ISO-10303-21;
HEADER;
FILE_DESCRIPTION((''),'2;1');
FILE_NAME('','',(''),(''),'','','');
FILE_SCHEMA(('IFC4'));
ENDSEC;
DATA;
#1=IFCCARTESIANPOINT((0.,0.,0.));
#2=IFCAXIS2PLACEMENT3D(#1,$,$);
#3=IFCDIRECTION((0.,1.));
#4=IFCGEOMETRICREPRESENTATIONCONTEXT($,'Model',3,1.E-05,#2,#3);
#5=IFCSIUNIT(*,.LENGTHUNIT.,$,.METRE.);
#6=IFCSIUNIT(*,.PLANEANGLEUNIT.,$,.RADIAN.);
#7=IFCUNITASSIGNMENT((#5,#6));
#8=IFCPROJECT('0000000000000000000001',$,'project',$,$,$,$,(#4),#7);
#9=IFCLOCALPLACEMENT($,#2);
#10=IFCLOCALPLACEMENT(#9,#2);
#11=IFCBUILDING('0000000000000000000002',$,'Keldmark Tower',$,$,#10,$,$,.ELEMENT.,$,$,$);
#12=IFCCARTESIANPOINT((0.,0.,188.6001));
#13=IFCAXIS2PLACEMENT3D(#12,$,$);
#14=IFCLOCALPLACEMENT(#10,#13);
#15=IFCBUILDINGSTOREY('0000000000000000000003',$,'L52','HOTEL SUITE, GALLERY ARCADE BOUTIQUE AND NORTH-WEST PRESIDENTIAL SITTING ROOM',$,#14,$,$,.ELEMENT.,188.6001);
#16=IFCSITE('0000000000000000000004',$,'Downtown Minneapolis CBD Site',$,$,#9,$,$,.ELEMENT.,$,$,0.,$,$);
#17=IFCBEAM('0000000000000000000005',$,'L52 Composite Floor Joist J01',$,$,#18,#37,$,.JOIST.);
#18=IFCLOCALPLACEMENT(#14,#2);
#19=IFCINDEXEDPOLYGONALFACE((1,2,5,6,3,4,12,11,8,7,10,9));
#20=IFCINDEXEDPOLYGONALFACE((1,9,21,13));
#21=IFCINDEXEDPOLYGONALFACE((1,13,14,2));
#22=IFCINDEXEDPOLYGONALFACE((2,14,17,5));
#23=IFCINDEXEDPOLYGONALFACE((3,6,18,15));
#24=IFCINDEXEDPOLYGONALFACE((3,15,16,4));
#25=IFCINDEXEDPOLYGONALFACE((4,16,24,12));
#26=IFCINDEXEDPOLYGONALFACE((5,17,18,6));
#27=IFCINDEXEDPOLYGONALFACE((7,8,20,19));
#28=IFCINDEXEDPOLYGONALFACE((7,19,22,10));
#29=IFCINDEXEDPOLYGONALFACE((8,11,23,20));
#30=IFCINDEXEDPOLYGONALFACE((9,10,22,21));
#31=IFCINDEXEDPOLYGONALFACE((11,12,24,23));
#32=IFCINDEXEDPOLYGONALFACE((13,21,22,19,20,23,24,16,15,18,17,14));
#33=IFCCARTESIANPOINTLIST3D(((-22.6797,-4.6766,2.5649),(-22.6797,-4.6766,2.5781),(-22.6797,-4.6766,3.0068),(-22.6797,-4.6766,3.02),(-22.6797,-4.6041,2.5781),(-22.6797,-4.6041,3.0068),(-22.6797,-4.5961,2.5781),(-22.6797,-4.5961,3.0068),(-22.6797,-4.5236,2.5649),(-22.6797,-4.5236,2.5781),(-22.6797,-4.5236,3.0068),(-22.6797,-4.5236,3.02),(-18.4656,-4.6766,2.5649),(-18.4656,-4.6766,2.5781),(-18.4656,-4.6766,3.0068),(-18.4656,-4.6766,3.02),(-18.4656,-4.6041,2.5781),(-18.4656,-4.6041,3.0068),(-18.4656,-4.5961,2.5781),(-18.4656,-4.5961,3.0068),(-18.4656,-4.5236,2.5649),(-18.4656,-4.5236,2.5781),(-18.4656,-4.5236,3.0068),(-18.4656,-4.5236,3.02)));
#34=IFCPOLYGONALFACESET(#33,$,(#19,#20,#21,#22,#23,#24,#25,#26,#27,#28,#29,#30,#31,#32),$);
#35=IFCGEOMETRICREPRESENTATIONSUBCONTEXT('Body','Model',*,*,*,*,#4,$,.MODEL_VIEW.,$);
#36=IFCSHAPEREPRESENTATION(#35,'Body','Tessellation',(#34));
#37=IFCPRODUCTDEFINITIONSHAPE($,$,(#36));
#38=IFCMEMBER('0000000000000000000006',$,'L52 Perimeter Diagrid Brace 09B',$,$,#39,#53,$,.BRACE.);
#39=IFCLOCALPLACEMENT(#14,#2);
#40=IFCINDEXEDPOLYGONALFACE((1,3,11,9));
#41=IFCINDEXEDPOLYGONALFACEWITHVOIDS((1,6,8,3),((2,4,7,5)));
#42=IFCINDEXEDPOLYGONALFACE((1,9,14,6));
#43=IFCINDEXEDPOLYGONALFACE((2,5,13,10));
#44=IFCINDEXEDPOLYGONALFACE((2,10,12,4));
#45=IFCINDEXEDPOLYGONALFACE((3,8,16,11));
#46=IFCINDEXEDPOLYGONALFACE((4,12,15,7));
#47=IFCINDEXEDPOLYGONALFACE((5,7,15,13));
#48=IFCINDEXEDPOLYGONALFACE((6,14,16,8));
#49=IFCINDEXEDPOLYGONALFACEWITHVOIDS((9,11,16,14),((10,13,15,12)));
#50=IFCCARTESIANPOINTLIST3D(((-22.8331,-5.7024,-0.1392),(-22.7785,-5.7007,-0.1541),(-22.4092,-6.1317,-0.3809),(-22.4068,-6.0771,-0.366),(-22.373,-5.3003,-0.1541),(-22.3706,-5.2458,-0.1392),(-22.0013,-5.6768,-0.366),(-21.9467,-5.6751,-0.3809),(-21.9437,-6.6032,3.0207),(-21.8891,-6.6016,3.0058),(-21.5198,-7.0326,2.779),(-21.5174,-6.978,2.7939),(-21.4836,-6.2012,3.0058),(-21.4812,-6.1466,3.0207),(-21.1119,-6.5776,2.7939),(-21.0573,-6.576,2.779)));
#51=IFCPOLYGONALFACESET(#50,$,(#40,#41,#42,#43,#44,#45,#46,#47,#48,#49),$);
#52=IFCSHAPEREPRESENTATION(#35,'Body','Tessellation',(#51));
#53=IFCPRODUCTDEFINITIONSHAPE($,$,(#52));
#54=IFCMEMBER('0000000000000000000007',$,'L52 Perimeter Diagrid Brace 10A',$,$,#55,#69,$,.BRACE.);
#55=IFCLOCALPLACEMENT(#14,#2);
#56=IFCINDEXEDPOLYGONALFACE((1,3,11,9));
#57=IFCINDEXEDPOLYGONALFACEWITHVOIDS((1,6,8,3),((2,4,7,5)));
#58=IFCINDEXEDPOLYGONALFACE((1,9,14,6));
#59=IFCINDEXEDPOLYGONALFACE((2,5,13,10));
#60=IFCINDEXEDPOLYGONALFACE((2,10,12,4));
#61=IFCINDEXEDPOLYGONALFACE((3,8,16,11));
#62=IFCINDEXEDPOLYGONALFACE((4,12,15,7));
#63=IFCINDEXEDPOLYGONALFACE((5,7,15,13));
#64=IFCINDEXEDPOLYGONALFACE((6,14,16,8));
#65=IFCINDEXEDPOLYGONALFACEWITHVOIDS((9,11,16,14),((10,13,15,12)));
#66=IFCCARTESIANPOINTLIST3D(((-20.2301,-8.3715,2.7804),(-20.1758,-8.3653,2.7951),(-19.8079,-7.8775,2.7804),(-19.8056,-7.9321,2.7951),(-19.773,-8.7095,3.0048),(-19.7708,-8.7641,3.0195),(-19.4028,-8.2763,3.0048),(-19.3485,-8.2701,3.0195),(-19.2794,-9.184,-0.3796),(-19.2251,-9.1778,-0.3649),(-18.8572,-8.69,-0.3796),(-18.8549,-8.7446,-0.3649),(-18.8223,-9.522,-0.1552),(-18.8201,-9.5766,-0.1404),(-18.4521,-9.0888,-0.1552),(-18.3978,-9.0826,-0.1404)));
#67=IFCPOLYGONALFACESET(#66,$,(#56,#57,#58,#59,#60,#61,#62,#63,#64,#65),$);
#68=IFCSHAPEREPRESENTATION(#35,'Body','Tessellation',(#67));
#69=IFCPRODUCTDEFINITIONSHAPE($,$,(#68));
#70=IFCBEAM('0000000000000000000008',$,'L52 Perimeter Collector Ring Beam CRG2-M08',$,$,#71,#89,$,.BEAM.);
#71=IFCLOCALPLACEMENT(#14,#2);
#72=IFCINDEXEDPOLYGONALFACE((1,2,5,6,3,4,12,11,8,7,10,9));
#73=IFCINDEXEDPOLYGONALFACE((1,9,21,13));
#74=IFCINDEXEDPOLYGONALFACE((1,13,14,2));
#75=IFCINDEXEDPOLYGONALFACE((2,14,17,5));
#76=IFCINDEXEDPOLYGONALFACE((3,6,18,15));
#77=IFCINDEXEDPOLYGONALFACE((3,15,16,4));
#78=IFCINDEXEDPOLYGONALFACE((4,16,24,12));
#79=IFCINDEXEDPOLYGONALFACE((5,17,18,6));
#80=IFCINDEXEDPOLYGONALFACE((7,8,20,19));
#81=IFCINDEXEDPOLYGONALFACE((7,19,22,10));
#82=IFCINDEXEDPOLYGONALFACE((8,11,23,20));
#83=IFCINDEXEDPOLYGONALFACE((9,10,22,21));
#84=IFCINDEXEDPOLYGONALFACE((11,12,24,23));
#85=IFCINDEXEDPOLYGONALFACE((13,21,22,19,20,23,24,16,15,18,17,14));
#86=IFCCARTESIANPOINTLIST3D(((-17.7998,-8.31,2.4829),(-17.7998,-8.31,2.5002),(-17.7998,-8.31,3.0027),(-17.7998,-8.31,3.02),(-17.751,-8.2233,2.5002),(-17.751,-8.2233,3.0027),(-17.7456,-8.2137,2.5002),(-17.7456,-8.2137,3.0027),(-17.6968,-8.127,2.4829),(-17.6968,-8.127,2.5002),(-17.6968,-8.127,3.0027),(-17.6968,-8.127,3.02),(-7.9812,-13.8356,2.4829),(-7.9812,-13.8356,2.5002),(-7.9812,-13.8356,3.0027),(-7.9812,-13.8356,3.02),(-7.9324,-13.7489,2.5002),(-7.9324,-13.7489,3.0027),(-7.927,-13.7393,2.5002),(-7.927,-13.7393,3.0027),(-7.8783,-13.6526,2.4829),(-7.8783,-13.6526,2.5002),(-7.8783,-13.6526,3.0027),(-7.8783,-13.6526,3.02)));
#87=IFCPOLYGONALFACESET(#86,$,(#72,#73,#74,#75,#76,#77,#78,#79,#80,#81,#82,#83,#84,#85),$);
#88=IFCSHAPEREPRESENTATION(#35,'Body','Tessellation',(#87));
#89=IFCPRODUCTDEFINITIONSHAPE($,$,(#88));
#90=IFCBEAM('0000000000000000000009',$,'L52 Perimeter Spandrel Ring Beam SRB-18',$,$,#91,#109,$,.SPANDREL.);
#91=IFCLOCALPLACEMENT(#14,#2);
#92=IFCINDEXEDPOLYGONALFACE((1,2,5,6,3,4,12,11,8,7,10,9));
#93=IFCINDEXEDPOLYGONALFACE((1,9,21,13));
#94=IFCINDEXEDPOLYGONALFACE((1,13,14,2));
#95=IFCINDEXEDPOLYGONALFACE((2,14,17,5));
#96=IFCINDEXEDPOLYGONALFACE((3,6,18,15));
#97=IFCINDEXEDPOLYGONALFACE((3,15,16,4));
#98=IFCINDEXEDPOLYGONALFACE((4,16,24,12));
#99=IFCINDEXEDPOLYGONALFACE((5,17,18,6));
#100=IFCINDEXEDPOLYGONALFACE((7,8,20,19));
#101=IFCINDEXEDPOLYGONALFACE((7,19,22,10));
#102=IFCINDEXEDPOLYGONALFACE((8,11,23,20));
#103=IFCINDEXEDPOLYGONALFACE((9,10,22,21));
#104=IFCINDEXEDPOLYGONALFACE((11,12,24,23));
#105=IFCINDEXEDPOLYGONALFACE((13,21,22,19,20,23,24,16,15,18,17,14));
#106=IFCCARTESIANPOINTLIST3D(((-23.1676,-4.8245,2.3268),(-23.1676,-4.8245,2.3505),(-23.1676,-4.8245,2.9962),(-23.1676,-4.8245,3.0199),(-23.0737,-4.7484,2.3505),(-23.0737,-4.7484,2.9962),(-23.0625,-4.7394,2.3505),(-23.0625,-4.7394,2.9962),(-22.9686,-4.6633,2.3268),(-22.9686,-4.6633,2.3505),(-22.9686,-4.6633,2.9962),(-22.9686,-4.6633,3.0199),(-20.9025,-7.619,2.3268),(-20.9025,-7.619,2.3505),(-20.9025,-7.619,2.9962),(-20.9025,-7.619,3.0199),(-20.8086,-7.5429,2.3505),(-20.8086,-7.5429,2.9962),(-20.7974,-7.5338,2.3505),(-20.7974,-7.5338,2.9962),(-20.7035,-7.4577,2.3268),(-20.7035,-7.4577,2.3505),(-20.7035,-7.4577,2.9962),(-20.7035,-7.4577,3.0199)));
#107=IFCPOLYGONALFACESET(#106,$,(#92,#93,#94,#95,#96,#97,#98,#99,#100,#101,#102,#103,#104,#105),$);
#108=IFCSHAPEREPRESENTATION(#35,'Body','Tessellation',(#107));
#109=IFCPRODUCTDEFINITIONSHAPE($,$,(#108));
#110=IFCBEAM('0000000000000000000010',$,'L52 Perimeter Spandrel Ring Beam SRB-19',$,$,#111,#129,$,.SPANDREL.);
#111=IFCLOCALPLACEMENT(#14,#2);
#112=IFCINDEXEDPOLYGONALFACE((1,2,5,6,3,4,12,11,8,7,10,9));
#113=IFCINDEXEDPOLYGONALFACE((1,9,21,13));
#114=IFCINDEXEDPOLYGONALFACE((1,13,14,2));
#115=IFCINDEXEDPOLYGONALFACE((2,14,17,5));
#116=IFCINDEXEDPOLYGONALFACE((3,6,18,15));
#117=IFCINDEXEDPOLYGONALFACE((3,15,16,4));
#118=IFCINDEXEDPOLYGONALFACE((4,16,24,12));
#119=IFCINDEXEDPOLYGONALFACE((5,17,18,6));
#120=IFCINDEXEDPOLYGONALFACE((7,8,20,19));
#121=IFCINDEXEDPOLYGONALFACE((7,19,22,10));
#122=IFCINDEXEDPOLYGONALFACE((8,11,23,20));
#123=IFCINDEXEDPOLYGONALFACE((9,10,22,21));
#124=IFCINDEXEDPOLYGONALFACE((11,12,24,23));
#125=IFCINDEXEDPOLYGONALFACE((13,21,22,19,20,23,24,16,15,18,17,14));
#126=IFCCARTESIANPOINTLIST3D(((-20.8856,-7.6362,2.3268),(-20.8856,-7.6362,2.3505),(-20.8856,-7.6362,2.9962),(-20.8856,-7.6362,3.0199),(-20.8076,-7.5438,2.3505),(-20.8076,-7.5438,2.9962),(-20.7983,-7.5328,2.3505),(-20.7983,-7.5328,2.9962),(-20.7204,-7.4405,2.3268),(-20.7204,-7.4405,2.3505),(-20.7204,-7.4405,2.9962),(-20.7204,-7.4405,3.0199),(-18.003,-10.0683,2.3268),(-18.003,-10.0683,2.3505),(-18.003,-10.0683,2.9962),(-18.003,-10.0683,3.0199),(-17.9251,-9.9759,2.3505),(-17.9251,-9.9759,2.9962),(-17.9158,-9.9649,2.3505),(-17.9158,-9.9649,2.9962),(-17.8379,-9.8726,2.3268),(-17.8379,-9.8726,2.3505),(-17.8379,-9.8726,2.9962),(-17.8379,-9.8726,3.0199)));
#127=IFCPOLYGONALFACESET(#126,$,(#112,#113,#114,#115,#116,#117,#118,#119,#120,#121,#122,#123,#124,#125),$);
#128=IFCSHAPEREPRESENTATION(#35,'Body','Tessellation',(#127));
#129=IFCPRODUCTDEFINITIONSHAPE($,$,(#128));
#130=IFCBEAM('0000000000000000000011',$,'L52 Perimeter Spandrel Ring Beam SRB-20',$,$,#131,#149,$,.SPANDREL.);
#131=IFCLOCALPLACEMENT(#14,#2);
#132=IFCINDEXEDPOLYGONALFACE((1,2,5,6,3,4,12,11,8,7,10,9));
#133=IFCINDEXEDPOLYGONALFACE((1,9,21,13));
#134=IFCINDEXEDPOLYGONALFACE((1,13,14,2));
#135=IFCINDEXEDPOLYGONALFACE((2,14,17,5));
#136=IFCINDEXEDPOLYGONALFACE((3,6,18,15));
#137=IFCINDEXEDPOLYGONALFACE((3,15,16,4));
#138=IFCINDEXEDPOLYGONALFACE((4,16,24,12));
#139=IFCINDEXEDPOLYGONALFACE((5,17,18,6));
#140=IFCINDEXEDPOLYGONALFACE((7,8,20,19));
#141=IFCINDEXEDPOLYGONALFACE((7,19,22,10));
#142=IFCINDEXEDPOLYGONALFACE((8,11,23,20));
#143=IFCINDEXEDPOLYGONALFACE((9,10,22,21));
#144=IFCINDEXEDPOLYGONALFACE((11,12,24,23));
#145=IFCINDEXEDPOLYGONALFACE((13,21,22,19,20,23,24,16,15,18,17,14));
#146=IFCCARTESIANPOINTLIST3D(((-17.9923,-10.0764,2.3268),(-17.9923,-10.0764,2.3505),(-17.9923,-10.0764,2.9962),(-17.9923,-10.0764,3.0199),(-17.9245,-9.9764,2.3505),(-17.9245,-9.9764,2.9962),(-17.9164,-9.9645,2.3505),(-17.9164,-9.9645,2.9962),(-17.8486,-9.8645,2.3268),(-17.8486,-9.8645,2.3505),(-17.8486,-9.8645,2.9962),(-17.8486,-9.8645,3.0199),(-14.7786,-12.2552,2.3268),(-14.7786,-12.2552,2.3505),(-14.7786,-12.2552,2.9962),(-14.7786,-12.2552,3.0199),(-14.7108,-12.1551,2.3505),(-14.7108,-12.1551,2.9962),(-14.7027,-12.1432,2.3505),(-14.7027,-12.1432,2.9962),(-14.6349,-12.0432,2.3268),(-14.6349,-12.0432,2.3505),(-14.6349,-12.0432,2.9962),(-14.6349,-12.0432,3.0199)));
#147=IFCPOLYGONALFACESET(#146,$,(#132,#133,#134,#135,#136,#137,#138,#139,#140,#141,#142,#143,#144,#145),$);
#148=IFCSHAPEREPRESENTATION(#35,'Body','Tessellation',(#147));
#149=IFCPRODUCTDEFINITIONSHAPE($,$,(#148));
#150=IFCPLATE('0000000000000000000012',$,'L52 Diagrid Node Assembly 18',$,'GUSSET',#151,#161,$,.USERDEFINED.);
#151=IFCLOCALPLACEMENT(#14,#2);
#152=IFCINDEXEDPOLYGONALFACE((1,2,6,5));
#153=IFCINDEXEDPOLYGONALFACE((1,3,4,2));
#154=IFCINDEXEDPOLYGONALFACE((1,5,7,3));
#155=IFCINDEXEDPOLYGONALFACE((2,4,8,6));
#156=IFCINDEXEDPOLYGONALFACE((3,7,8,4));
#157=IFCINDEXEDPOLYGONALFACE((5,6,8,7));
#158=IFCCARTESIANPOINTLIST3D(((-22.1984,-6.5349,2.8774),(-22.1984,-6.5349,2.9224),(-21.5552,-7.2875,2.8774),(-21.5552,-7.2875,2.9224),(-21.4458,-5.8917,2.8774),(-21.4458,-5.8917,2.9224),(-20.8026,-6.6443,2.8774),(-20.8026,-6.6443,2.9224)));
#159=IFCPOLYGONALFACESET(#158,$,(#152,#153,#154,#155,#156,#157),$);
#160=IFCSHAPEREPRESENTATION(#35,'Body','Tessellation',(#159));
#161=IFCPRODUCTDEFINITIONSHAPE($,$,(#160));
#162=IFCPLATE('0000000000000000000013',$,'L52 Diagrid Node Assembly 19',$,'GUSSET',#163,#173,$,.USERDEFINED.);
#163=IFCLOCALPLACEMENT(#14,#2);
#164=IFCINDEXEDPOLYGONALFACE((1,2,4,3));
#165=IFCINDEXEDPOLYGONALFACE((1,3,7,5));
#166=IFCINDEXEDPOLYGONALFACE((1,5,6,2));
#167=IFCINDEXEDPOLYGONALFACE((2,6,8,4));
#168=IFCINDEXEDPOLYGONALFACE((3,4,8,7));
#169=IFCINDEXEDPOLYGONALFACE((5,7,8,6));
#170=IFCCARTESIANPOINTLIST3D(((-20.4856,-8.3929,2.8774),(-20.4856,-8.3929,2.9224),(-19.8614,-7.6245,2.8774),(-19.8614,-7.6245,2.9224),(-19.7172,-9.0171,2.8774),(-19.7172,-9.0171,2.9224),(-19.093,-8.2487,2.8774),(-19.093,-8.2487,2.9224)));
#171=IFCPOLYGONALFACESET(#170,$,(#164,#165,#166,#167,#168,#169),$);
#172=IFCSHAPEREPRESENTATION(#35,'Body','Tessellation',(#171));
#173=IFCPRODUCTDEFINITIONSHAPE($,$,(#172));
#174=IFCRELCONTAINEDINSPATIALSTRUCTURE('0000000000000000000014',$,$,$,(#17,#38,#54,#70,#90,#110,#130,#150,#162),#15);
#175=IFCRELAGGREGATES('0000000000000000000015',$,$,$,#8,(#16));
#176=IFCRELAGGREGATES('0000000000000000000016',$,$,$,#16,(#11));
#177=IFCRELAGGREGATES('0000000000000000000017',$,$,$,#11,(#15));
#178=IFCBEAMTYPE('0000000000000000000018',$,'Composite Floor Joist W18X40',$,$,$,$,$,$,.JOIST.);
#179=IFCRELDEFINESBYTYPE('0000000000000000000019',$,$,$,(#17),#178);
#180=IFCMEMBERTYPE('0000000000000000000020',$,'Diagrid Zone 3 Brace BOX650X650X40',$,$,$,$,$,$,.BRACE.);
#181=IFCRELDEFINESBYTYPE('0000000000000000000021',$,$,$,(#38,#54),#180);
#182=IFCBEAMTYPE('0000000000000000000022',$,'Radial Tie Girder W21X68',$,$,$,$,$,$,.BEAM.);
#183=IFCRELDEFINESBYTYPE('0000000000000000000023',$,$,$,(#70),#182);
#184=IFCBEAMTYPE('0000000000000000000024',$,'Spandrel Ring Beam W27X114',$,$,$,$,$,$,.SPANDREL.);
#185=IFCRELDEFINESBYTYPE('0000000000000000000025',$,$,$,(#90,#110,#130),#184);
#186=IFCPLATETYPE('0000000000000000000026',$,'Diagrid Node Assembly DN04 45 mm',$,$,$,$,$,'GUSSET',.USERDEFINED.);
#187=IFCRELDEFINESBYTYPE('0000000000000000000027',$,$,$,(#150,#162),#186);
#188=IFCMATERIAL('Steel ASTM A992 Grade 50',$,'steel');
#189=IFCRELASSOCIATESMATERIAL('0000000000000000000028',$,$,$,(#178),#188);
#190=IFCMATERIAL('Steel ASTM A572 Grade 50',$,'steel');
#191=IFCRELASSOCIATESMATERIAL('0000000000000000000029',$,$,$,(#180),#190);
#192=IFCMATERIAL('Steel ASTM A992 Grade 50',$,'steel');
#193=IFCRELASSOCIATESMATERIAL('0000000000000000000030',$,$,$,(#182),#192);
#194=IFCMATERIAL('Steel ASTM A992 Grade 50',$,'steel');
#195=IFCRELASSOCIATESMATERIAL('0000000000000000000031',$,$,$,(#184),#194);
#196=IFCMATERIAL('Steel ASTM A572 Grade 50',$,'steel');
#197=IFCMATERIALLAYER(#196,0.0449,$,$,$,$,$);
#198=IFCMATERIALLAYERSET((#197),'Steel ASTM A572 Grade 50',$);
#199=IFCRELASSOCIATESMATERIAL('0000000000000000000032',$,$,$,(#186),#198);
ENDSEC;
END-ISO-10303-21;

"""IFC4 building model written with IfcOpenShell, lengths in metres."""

from ifc_helpers import new_model, si_unit, direction, frame, origin, origin_2d, place, context, subcontext, project, spatial, rectangle, hollow_rectangle, i_section, extrude, material, layer, layer_set, material_profile, profile_set, type_object, element, save


model = new_model("IFC4")

# Units and contexts
model_context = context("Model", 3, precision=1e-05, world=origin(), true_north=direction((0.0, 1.0)))
body_context = subcontext(model_context, "Body", "Model", "MODEL_VIEW")
ifc_project = project(units=[si_unit("LENGTHUNIT", "METRE"), si_unit("PLANEANGLEUNIT", "RADIAN")], contexts=[model_context])

# Site, building, storey
site_placement = place(None, origin())
site = spatial("IfcSite", under=ifc_project, at=site_placement, Name="Downtown Minneapolis CBD Site", CompositionType="ELEMENT", RefElevation=0.0)
building_placement = place(site_placement, origin())
building = spatial("IfcBuilding", under=site, at=building_placement, Name="Keldmark Tower", CompositionType="ELEMENT")
storey_placement = place(building_placement, frame((0.0, 0.0, 188.6001)))
storey = spatial("IfcBuildingStorey", under=building, at=storey_placement, Name="L52", Description="HOTEL SUITE, GALLERY ARCADE BOUTIQUE AND NORTH-WEST PRESIDENTIAL SITTING ROOM", CompositionType="ELEMENT", Elevation=188.6001)

# Beam
ifc_material_1 = material(Name="Steel ASTM A992 Grade 50", Category="steel")
ifc_material_profile_1 = material_profile(ifc_material_1, i_section(OverallWidth=0.1531, OverallDepth=0.4551, WebThickness=0.0081, FlangeThickness=0.0132, at=origin_2d()), Name="W18X40")
ifc_profile_set_1 = profile_set([ifc_material_profile_1], Name="Steel ASTM A992 Grade 50")
beam_type_1 = type_object("IfcBeamType", Name="Composite Floor Joist W18X40", PredefinedType="JOIST", material=ifc_profile_set_1)
beam_1_placement = place(storey_placement, frame((-22.6797, -4.6001, 2.7925), z_axis=(1.0, 0.0, 0.0), x_axis=(0.0, 1.0, 0.0)))
element("IfcBeam", 1, at=beam_1_placement, inside=storey, type_object=beam_type_1, Name="L52 Composite Floor Joist J01", PredefinedType="JOIST", context=body_context, shape_type="SweptSolid", body=[
    extrude(i_section(OverallWidth=0.1531, OverallDepth=0.4551, WebThickness=0.0081, FlangeThickness=0.0132, at=origin_2d()), origin(), (0.0, 0.0, 1.0), 4.2141),
])

# Members
ifc_material_2 = material(Name="Steel ASTM A572 Grade 50", Category="steel")
ifc_material_profile_2 = material_profile(ifc_material_2, hollow_rectangle(XDim=0.6499, YDim=0.6499, WallThickness=0.04, at=origin_2d()), Name="BOX650X650X40")
ifc_profile_set_2 = profile_set([ifc_material_profile_2], Name="Steel ASTM A572 Grade 50")
member_type = type_object("IfcMemberType", Name="Diagrid Zone 3 Brace BOX650X650X40", PredefinedType="BRACE", material=ifc_profile_set_2)
member_1_placement = place(storey_placement, frame((-22.3899, -5.6887, -0.26), z_axis=(0.261277, -0.264648, 0.928276), x_axis=(0.711624, 0.70256, 0.0)))
element("IfcMember", 2, at=member_1_placement, inside=storey, type_object=member_type, Name="L52 Perimeter Diagrid Brace 09B", PredefinedType="BRACE", context=body_context, shape_type="SweptSolid", body=[
    extrude(hollow_rectangle(XDim=0.6499, YDim=0.6499, WallThickness=0.04, at=origin_2d()), origin(), (0.0, 0.0, 1.0), 3.4041),
])
member_2_placement = place(storey_placement, frame((-18.8386, -9.1333, -0.26), z_axis=(-0.279746, 0.239084, 0.929828), x_axis=(-0.649697, -0.760193, 0.0)))
element("IfcMember", 3, at=member_2_placement, inside=storey, type_object=member_type, Name="L52 Perimeter Diagrid Brace 10A", PredefinedType="BRACE", context=body_context, shape_type="SweptSolid", body=[
    extrude(hollow_rectangle(XDim=0.6499, YDim=0.6499, WallThickness=0.04, at=origin_2d()), origin(), (0.0, 0.0, 1.0), 3.3984),
])

# Beams
ifc_material_3 = material(Name="Steel ASTM A992 Grade 50", Category="steel")
ifc_material_profile_3 = material_profile(ifc_material_3, i_section(OverallWidth=0.21, OverallDepth=0.5371, WebThickness=0.011, FlangeThickness=0.0173, at=origin_2d()), Name="W21X68")
ifc_profile_set_3 = profile_set([ifc_material_profile_3], Name="Steel ASTM A992 Grade 50")
beam_type_2 = type_object("IfcBeamType", Name="Radial Tie Girder W21X68", PredefinedType="BEAM", material=ifc_profile_set_3)
beam_2_placement = place(storey_placement, frame((-17.7483, -8.2185, 2.7515), z_axis=(0.871474, -0.490441, 0.0), x_axis=(0.490441, 0.871474, 0.0)))
element("IfcBeam", 4, at=beam_2_placement, inside=storey, type_object=beam_type_2, Name="L52 Perimeter Collector Ring Beam CRG2-M08", PredefinedType="BEAM", context=body_context, shape_type="SweptSolid", body=[
    extrude(i_section(OverallWidth=0.21, OverallDepth=0.5371, WebThickness=0.011, FlangeThickness=0.0173, at=origin_2d()), origin(), (0.0, 0.0, 1.0), 11.2666),
])
ifc_material_4 = material(Name="Steel ASTM A992 Grade 50", Category="steel")
ifc_material_profile_4 = material_profile(ifc_material_4, i_section(OverallWidth=0.2561, OverallDepth=0.6931, WebThickness=0.0144, FlangeThickness=0.0237, at=origin_2d()), Name="W27X114")
ifc_profile_set_4 = profile_set([ifc_material_profile_4], Name="Steel ASTM A992 Grade 50")
beam_type_3 = type_object("IfcBeamType", Name="Spandrel Ring Beam W27X114", PredefinedType="SPANDREL", material=ifc_profile_set_4)
beam_3_placement = place(storey_placement, frame((-23.0681, -4.7439, 2.6733), z_axis=(0.629698, -0.77684, 0.0), x_axis=(0.77684, 0.629698, 0.0)))
element("IfcBeam", 5, at=beam_3_placement, inside=storey, type_object=beam_type_3, Name="L52 Perimeter Spandrel Ring Beam SRB-18", PredefinedType="SPANDREL", context=body_context, shape_type="SweptSolid", body=[
    extrude(i_section(OverallWidth=0.2561, OverallDepth=0.6931, WebThickness=0.0144, FlangeThickness=0.0237, at=origin_2d()), origin(), (0.0, 0.0, 1.0), 3.5972),
])
beam_4_placement = place(storey_placement, frame((-20.803, -7.5383, 2.6733), z_axis=(0.764296, -0.644865, 0.0), x_axis=(0.644865, 0.764296, 0.0)))
element("IfcBeam", 6, at=beam_4_placement, inside=storey, type_object=beam_type_3, Name="L52 Perimeter Spandrel Ring Beam SRB-19", PredefinedType="SPANDREL", context=body_context, shape_type="SweptSolid", body=[
    extrude(i_section(OverallWidth=0.2561, OverallDepth=0.6931, WebThickness=0.0144, FlangeThickness=0.0237, at=origin_2d()), origin(), (0.0, 0.0, 1.0), 3.7715),
])
beam_5_placement = place(storey_placement, frame((-17.9204, -9.9705, 2.6733), z_axis=(0.82771, -0.561155, 0.0), x_axis=(0.561155, 0.82771, 0.0)))
element("IfcBeam", 7, at=beam_5_placement, inside=storey, type_object=beam_type_3, Name="L52 Perimeter Spandrel Ring Beam SRB-20", PredefinedType="SPANDREL", context=body_context, shape_type="SweptSolid", body=[
    extrude(i_section(OverallWidth=0.2561, OverallDepth=0.6931, WebThickness=0.0144, FlangeThickness=0.0237, at=origin_2d()), origin(), (0.0, 0.0, 1.0), 3.8826),
])

# Plates
ifc_material_5 = material(Name="Steel ASTM A572 Grade 50", Category="steel")
ifc_layer_1 = layer(ifc_material_5, 0.0449)
ifc_layer_set_1 = layer_set([ifc_layer_1], Name="Steel ASTM A572 Grade 50")
plate_type = type_object("IfcPlateType", Name="Diagrid Node Assembly DN04 45 mm", ElementType="GUSSET", PredefinedType="USERDEFINED", material=ifc_layer_set_1)
for number, where, z_axis, x_axis, name in (
    (8, (-21.5005, -6.5896, 2.8774), (0.0, 0.0, 1.0), (0.649713, -0.760179, 0.0), "L52 Diagrid Node Assembly 18"),
    (9, (-19.7893, -8.3208, 2.8774), (0.0, 0.0, 1.0), (0.776156, -0.63054, 0.0), "L52 Diagrid Node Assembly 19"),
):
    element("IfcPlate", number, at=place(storey_placement, frame(where, z_axis=z_axis, x_axis=x_axis)), inside=storey, type_object=plate_type, Name=name, ObjectType="GUSSET", PredefinedType="USERDEFINED", context=body_context, shape_type="SweptSolid", body=[
        extrude(rectangle(XDim=0.99, YDim=0.99, at=origin_2d()), origin(), (0.0, 0.0, 1.0), 0.0449),
    ])

save(model, "model.ifc")
